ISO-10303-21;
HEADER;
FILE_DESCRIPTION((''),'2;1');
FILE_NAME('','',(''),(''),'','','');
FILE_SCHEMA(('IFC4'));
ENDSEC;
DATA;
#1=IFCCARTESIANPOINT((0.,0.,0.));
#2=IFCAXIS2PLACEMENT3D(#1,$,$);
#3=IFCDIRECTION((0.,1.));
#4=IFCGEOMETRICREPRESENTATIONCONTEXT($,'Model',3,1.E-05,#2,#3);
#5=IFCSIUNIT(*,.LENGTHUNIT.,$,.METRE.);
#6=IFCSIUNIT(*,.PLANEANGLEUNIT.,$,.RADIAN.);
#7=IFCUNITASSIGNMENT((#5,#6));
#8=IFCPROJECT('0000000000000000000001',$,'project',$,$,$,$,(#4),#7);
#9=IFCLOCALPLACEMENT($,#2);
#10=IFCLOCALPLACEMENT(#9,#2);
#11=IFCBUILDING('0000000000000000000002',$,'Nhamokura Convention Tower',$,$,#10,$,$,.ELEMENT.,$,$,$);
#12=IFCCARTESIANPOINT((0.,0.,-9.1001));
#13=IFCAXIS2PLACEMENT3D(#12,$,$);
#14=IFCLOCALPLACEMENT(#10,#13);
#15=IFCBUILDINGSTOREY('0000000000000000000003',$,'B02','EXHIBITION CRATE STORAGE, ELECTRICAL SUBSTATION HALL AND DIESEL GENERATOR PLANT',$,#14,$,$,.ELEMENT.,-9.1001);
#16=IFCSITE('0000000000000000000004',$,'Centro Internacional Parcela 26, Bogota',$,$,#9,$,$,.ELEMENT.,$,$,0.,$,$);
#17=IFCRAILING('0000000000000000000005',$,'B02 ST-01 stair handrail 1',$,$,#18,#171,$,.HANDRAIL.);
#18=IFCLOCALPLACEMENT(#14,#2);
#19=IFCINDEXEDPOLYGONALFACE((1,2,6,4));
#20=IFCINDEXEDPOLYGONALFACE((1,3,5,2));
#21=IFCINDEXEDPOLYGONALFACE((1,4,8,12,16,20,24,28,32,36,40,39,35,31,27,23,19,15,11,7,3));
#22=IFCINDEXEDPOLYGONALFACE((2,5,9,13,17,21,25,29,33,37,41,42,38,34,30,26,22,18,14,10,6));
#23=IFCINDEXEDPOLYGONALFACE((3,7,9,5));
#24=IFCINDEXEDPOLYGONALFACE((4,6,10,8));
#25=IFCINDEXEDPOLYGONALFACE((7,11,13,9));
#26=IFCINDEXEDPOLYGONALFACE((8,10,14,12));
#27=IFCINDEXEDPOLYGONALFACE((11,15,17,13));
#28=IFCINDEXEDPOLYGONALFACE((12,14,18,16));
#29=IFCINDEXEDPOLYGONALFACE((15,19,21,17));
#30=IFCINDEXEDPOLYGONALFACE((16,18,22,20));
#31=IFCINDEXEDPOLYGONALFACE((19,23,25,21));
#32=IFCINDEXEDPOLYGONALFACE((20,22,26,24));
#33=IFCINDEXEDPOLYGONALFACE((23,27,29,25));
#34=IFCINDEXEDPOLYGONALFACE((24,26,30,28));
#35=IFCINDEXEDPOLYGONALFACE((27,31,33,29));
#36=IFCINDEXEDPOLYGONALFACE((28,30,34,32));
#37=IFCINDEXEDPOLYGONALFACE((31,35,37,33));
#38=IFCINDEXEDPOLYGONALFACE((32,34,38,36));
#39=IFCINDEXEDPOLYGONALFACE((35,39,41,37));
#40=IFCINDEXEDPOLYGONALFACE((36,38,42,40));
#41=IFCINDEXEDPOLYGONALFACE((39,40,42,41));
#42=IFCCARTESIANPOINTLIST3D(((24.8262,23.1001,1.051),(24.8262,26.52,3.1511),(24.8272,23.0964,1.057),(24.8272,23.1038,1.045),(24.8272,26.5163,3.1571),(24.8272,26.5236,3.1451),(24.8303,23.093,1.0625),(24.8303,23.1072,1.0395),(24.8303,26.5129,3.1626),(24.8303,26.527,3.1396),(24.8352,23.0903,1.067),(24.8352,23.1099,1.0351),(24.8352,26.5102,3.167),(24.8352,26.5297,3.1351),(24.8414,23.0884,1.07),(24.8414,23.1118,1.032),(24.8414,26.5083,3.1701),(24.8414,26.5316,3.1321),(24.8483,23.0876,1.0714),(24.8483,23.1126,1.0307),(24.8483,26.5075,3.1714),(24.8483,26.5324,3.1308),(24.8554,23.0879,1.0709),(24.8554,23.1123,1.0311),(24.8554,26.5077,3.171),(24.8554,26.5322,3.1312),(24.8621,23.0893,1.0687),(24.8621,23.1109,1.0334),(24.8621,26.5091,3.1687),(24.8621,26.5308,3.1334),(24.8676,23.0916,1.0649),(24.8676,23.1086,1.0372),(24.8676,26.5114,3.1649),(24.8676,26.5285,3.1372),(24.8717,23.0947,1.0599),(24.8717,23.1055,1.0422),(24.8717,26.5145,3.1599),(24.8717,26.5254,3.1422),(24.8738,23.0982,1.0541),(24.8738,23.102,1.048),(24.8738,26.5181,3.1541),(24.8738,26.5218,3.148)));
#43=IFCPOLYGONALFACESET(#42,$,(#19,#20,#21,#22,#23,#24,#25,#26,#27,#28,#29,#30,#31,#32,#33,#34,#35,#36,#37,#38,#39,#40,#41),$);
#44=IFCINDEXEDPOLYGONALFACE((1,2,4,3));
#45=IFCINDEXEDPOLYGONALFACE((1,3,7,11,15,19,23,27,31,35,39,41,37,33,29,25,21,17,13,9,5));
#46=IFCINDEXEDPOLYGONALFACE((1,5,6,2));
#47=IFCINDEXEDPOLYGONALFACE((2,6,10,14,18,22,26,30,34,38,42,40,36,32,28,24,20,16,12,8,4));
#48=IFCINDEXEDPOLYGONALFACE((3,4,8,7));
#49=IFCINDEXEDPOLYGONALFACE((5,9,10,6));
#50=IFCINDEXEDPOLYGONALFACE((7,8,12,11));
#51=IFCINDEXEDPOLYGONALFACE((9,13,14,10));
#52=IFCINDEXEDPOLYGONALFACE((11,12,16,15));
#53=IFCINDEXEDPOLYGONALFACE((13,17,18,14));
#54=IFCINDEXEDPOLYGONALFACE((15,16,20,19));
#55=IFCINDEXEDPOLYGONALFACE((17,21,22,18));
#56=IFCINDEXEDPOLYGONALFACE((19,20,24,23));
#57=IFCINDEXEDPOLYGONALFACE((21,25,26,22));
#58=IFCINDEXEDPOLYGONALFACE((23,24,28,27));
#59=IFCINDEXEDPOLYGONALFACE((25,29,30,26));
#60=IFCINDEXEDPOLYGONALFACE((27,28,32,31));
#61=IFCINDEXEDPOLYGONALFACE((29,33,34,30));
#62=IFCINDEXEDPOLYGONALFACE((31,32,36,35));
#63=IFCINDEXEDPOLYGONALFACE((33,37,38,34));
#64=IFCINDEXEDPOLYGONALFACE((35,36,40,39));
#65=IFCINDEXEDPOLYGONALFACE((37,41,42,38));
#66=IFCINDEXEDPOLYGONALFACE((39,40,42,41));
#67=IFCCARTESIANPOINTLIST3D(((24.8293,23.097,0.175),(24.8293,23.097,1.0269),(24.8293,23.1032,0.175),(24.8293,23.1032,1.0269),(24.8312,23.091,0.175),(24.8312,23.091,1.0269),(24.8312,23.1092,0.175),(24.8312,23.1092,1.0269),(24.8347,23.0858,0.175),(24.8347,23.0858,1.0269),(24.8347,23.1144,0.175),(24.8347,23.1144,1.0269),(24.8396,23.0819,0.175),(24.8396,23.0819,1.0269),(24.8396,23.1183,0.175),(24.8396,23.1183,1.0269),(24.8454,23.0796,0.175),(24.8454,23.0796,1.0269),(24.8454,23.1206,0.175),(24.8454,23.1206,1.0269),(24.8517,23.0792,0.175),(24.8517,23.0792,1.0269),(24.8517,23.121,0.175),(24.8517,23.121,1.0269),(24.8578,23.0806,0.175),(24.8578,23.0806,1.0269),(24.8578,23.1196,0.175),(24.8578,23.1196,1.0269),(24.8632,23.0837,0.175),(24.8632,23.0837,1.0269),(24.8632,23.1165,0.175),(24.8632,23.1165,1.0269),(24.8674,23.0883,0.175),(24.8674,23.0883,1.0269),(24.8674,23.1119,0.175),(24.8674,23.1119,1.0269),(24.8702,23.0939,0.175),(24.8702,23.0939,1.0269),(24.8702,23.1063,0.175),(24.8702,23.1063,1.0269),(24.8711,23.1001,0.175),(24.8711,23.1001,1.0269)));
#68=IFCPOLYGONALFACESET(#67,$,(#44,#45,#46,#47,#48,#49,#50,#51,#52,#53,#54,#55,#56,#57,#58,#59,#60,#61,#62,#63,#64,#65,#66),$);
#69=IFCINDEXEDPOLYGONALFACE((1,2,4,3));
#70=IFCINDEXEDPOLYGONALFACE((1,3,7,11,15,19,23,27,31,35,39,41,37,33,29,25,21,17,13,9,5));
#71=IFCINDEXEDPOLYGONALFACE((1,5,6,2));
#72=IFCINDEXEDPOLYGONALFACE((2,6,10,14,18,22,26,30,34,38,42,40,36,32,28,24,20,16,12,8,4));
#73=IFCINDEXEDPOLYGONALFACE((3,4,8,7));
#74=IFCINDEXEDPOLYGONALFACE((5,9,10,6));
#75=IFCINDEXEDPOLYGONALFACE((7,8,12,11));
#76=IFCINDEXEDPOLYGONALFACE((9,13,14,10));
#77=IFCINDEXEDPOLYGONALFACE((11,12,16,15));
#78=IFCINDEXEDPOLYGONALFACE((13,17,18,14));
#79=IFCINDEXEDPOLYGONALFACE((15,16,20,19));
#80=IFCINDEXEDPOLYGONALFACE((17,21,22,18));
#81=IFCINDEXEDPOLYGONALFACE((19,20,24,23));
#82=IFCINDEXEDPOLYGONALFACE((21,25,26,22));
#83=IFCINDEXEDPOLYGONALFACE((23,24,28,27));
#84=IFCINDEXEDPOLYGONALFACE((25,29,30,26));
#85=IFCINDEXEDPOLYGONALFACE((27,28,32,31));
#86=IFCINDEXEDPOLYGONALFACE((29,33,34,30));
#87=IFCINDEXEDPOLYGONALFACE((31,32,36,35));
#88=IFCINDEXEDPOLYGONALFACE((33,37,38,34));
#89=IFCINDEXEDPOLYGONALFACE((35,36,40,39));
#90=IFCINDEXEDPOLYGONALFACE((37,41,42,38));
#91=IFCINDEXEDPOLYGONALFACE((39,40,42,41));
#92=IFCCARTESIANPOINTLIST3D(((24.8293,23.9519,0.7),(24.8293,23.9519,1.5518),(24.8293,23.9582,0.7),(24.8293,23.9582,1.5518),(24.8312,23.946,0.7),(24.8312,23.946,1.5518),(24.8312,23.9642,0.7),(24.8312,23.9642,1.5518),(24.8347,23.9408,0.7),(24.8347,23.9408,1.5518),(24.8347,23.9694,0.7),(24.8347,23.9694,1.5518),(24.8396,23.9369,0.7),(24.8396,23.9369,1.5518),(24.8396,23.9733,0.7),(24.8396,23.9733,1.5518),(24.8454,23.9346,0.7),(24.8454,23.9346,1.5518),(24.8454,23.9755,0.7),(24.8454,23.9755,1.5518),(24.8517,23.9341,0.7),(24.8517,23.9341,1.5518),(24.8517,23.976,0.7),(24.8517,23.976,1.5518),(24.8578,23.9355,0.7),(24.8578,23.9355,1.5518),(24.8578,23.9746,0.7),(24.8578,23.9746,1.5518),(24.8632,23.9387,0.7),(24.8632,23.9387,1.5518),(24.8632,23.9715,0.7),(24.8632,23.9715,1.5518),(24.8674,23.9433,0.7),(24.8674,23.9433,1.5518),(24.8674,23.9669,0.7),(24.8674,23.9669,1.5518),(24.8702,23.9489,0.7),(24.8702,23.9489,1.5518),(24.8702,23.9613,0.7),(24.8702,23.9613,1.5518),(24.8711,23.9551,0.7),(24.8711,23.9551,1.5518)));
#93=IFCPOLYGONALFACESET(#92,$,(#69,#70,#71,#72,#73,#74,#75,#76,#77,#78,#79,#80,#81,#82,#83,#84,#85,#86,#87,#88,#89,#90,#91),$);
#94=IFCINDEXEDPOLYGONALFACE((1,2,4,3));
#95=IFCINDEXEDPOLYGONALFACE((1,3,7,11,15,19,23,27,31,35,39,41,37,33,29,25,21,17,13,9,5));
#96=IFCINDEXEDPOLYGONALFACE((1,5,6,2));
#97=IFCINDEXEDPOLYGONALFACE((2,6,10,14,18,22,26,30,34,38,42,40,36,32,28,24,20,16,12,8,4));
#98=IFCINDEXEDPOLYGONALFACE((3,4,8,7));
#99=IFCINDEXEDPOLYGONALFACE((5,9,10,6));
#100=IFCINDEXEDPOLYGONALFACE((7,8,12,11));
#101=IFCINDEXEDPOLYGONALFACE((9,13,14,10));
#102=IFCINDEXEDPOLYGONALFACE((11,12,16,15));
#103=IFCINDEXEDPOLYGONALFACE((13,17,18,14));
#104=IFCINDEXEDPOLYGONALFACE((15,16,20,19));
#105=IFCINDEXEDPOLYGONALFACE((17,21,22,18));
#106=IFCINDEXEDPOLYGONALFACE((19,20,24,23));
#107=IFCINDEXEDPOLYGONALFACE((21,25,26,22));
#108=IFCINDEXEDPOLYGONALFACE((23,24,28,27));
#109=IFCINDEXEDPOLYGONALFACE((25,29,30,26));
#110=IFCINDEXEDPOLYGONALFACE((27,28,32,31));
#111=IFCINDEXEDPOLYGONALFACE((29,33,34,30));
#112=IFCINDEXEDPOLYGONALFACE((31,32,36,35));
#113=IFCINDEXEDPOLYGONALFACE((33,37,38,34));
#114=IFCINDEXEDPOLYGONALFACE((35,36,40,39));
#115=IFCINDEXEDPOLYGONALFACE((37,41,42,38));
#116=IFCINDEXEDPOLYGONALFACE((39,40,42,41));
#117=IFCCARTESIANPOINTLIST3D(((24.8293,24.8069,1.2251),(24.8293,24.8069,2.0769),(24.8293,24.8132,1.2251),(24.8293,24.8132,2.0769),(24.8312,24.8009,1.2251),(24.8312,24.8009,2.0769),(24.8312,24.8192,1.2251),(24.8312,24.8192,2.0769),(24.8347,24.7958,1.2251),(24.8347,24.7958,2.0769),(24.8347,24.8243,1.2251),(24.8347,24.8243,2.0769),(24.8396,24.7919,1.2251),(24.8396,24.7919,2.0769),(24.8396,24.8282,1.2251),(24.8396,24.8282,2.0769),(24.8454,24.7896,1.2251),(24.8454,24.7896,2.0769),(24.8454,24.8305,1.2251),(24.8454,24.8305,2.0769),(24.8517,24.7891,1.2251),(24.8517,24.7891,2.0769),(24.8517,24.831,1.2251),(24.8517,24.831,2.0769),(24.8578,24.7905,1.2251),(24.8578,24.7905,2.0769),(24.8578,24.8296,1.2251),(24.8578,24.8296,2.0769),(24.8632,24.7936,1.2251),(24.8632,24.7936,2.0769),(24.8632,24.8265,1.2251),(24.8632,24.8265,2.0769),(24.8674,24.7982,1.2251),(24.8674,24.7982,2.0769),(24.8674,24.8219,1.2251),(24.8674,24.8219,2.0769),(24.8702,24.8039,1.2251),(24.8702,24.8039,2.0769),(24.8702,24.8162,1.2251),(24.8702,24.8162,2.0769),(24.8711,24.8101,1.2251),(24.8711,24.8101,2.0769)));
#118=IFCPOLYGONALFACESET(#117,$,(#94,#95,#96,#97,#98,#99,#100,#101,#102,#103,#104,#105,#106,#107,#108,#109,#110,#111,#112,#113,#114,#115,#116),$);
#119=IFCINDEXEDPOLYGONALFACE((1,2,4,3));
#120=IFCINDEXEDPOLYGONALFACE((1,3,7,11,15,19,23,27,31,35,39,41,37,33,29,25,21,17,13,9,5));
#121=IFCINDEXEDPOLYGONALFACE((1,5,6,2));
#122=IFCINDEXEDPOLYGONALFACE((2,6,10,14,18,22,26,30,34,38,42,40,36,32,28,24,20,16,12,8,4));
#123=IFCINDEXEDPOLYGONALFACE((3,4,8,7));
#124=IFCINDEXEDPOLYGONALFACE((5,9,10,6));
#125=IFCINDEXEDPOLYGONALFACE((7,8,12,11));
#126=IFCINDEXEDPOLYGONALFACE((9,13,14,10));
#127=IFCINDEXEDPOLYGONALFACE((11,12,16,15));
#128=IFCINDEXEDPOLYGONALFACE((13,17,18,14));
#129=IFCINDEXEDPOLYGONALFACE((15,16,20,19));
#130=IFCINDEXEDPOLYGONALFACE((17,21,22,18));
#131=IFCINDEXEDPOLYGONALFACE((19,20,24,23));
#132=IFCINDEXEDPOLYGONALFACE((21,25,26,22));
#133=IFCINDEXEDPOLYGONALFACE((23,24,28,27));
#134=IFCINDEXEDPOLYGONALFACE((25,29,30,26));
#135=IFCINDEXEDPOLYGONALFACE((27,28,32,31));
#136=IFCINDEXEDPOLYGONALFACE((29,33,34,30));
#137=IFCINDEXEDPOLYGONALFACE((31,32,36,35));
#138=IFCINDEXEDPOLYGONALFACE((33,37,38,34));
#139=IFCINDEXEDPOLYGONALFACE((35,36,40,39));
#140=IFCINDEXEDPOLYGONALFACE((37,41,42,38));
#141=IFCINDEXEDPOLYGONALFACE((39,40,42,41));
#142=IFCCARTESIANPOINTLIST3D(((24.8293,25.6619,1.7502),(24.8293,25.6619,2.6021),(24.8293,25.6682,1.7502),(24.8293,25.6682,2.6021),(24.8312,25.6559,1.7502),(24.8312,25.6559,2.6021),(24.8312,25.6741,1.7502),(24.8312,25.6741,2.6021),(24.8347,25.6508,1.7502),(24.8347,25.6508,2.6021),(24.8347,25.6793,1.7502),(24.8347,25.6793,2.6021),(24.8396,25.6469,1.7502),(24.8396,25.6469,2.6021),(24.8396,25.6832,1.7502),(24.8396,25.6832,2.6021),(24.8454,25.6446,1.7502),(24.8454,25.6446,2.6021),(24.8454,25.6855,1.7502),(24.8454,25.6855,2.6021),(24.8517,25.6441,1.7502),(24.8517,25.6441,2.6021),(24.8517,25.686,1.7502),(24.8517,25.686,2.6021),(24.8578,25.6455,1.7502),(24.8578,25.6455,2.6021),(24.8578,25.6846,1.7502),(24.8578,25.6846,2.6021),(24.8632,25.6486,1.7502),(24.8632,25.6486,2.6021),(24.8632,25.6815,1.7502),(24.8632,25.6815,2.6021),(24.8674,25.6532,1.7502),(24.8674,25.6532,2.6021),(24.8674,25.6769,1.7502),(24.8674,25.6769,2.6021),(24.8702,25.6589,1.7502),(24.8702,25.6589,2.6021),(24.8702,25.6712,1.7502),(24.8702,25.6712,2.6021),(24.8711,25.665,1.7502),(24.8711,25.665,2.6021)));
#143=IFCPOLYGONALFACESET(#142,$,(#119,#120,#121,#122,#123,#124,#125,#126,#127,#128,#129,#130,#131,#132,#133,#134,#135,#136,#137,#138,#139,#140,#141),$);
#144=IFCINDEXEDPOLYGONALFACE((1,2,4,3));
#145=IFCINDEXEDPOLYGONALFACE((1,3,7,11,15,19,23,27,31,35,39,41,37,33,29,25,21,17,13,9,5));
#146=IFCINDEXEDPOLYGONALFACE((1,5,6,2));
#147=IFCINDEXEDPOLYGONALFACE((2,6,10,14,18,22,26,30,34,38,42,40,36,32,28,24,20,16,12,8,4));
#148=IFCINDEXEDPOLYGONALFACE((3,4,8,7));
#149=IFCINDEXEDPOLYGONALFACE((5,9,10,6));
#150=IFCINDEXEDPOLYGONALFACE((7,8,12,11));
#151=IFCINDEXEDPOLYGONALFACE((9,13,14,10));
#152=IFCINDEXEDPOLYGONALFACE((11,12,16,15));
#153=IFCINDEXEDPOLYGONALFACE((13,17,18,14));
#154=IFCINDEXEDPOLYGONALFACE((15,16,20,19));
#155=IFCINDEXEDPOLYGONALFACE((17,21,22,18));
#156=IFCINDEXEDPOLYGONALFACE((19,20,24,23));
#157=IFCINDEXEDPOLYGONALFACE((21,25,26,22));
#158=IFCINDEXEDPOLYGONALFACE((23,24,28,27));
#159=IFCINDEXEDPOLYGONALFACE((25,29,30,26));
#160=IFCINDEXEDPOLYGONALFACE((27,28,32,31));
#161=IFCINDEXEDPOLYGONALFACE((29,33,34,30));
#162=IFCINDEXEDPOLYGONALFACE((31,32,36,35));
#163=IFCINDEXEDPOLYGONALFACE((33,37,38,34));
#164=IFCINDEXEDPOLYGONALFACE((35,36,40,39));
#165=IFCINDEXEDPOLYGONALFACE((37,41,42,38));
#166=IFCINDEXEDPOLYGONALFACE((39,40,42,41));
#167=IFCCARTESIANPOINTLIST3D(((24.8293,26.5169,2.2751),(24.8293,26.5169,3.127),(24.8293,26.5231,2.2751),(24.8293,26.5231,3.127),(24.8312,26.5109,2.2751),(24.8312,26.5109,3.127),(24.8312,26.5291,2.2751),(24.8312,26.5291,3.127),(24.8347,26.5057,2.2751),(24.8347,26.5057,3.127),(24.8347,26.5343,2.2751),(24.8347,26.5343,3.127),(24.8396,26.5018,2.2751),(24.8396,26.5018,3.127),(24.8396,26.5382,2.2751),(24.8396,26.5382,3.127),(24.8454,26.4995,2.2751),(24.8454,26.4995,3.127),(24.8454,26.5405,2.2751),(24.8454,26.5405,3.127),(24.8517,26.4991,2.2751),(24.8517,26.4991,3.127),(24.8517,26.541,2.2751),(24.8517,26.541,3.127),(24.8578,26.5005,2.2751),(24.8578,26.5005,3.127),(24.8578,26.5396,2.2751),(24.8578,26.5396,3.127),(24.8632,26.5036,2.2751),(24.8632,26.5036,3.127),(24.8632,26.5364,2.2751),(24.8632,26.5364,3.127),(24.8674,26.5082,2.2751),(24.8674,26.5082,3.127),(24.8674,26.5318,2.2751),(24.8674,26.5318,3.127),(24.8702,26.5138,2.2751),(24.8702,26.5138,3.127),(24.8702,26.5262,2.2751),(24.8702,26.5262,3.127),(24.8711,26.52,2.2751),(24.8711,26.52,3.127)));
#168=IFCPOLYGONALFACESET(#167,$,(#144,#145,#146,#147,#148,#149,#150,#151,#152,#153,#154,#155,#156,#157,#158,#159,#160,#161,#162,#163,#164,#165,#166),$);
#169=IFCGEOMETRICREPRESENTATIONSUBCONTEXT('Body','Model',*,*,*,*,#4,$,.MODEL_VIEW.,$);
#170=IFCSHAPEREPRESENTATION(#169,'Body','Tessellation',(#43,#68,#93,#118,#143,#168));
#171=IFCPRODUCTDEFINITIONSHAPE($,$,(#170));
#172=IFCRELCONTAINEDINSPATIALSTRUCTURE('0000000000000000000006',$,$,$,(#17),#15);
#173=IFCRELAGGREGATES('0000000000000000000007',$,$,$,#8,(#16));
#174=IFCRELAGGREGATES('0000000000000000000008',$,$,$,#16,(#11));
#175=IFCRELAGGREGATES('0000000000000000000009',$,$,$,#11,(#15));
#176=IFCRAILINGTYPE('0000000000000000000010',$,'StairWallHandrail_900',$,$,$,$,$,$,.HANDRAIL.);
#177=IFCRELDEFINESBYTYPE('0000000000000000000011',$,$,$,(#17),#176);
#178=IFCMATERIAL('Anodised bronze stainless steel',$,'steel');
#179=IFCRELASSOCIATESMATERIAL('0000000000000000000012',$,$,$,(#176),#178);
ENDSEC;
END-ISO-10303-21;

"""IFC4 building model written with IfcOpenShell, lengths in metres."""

from ifc_helpers import new_model, si_unit, direction, frame, origin, origin_2d, place, context, subcontext, project, spatial, circle, extrude, material, type_object, element, save


model = new_model("IFC4")

# Units and contexts
model_context = context("Model", 3, precision=1e-05, world=origin(), true_north=direction((0.0, 1.0)))
body_context = subcontext(model_context, "Body", "Model", "MODEL_VIEW")
ifc_project = project(units=[si_unit("LENGTHUNIT", "METRE"), si_unit("PLANEANGLEUNIT", "RADIAN")], contexts=[model_context])

# Site, building, storey
site_placement = place(None, origin())
site = spatial("IfcSite", under=ifc_project, at=site_placement, Name="Centro Internacional Parcela 26, Bogota", CompositionType="ELEMENT", RefElevation=0.0)
building_placement = place(site_placement, origin())
building = spatial("IfcBuilding", under=site, at=building_placement, Name="Nhamokura Convention Tower", CompositionType="ELEMENT")
storey_placement = place(building_placement, frame((0.0, 0.0, -9.1001)))
storey = spatial("IfcBuildingStorey", under=building, at=storey_placement, Name="B02", Description="EXHIBITION CRATE STORAGE, ELECTRICAL SUBSTATION HALL AND DIESEL GENERATOR PLANT", CompositionType="ELEMENT", Elevation=-9.1001)

# Railing
ifc_material_1 = material(Name="Anodised bronze stainless steel", Category="steel")
railing_type_1 = type_object("IfcRailingType", Name="StairWallHandrail_900", PredefinedType="HANDRAIL", material=ifc_material_1)
railing_1_placement = place(storey_placement, frame((24.8501, 23.1001, 0.175)))
element("IfcRailing", 1, at=railing_1_placement, inside=storey, type_object=railing_type_1, Name="B02 ST-01 stair handrail 1", PredefinedType="HANDRAIL", context=body_context, shape_type="SweptSolid", body=[
    extrude(circle(Radius=0.0239, at=origin_2d()), frame((0.0, 0.0, 0.876), z_axis=(0.0, 0.852155, 0.523289), x_axis=(-1.0, 0.0, 0.0)), (0.0, 0.0, 1.0), 4.0132),
    extrude(circle(Radius=0.021, at=origin_2d()), origin(), (0.0, 0.0, 1.0), 0.8518),
    extrude(circle(Radius=0.021, at=origin_2d()), frame((0.0, 0.855, 0.5249)), (0.0, 0.0, 1.0), 0.8518),
    extrude(circle(Radius=0.021, at=origin_2d()), frame((0.0, 1.71, 1.05)), (0.0, 0.0, 1.0), 0.8518),
    extrude(circle(Radius=0.021, at=origin_2d()), frame((0.0, 2.5649, 1.5752)), (0.0, 0.0, 1.0), 0.8518),
    extrude(circle(Radius=0.021, at=origin_2d()), frame((0.0, 3.4199, 2.1001)), (0.0, 0.0, 1.0), 0.8518),
])

save(model, "model.ifc")
